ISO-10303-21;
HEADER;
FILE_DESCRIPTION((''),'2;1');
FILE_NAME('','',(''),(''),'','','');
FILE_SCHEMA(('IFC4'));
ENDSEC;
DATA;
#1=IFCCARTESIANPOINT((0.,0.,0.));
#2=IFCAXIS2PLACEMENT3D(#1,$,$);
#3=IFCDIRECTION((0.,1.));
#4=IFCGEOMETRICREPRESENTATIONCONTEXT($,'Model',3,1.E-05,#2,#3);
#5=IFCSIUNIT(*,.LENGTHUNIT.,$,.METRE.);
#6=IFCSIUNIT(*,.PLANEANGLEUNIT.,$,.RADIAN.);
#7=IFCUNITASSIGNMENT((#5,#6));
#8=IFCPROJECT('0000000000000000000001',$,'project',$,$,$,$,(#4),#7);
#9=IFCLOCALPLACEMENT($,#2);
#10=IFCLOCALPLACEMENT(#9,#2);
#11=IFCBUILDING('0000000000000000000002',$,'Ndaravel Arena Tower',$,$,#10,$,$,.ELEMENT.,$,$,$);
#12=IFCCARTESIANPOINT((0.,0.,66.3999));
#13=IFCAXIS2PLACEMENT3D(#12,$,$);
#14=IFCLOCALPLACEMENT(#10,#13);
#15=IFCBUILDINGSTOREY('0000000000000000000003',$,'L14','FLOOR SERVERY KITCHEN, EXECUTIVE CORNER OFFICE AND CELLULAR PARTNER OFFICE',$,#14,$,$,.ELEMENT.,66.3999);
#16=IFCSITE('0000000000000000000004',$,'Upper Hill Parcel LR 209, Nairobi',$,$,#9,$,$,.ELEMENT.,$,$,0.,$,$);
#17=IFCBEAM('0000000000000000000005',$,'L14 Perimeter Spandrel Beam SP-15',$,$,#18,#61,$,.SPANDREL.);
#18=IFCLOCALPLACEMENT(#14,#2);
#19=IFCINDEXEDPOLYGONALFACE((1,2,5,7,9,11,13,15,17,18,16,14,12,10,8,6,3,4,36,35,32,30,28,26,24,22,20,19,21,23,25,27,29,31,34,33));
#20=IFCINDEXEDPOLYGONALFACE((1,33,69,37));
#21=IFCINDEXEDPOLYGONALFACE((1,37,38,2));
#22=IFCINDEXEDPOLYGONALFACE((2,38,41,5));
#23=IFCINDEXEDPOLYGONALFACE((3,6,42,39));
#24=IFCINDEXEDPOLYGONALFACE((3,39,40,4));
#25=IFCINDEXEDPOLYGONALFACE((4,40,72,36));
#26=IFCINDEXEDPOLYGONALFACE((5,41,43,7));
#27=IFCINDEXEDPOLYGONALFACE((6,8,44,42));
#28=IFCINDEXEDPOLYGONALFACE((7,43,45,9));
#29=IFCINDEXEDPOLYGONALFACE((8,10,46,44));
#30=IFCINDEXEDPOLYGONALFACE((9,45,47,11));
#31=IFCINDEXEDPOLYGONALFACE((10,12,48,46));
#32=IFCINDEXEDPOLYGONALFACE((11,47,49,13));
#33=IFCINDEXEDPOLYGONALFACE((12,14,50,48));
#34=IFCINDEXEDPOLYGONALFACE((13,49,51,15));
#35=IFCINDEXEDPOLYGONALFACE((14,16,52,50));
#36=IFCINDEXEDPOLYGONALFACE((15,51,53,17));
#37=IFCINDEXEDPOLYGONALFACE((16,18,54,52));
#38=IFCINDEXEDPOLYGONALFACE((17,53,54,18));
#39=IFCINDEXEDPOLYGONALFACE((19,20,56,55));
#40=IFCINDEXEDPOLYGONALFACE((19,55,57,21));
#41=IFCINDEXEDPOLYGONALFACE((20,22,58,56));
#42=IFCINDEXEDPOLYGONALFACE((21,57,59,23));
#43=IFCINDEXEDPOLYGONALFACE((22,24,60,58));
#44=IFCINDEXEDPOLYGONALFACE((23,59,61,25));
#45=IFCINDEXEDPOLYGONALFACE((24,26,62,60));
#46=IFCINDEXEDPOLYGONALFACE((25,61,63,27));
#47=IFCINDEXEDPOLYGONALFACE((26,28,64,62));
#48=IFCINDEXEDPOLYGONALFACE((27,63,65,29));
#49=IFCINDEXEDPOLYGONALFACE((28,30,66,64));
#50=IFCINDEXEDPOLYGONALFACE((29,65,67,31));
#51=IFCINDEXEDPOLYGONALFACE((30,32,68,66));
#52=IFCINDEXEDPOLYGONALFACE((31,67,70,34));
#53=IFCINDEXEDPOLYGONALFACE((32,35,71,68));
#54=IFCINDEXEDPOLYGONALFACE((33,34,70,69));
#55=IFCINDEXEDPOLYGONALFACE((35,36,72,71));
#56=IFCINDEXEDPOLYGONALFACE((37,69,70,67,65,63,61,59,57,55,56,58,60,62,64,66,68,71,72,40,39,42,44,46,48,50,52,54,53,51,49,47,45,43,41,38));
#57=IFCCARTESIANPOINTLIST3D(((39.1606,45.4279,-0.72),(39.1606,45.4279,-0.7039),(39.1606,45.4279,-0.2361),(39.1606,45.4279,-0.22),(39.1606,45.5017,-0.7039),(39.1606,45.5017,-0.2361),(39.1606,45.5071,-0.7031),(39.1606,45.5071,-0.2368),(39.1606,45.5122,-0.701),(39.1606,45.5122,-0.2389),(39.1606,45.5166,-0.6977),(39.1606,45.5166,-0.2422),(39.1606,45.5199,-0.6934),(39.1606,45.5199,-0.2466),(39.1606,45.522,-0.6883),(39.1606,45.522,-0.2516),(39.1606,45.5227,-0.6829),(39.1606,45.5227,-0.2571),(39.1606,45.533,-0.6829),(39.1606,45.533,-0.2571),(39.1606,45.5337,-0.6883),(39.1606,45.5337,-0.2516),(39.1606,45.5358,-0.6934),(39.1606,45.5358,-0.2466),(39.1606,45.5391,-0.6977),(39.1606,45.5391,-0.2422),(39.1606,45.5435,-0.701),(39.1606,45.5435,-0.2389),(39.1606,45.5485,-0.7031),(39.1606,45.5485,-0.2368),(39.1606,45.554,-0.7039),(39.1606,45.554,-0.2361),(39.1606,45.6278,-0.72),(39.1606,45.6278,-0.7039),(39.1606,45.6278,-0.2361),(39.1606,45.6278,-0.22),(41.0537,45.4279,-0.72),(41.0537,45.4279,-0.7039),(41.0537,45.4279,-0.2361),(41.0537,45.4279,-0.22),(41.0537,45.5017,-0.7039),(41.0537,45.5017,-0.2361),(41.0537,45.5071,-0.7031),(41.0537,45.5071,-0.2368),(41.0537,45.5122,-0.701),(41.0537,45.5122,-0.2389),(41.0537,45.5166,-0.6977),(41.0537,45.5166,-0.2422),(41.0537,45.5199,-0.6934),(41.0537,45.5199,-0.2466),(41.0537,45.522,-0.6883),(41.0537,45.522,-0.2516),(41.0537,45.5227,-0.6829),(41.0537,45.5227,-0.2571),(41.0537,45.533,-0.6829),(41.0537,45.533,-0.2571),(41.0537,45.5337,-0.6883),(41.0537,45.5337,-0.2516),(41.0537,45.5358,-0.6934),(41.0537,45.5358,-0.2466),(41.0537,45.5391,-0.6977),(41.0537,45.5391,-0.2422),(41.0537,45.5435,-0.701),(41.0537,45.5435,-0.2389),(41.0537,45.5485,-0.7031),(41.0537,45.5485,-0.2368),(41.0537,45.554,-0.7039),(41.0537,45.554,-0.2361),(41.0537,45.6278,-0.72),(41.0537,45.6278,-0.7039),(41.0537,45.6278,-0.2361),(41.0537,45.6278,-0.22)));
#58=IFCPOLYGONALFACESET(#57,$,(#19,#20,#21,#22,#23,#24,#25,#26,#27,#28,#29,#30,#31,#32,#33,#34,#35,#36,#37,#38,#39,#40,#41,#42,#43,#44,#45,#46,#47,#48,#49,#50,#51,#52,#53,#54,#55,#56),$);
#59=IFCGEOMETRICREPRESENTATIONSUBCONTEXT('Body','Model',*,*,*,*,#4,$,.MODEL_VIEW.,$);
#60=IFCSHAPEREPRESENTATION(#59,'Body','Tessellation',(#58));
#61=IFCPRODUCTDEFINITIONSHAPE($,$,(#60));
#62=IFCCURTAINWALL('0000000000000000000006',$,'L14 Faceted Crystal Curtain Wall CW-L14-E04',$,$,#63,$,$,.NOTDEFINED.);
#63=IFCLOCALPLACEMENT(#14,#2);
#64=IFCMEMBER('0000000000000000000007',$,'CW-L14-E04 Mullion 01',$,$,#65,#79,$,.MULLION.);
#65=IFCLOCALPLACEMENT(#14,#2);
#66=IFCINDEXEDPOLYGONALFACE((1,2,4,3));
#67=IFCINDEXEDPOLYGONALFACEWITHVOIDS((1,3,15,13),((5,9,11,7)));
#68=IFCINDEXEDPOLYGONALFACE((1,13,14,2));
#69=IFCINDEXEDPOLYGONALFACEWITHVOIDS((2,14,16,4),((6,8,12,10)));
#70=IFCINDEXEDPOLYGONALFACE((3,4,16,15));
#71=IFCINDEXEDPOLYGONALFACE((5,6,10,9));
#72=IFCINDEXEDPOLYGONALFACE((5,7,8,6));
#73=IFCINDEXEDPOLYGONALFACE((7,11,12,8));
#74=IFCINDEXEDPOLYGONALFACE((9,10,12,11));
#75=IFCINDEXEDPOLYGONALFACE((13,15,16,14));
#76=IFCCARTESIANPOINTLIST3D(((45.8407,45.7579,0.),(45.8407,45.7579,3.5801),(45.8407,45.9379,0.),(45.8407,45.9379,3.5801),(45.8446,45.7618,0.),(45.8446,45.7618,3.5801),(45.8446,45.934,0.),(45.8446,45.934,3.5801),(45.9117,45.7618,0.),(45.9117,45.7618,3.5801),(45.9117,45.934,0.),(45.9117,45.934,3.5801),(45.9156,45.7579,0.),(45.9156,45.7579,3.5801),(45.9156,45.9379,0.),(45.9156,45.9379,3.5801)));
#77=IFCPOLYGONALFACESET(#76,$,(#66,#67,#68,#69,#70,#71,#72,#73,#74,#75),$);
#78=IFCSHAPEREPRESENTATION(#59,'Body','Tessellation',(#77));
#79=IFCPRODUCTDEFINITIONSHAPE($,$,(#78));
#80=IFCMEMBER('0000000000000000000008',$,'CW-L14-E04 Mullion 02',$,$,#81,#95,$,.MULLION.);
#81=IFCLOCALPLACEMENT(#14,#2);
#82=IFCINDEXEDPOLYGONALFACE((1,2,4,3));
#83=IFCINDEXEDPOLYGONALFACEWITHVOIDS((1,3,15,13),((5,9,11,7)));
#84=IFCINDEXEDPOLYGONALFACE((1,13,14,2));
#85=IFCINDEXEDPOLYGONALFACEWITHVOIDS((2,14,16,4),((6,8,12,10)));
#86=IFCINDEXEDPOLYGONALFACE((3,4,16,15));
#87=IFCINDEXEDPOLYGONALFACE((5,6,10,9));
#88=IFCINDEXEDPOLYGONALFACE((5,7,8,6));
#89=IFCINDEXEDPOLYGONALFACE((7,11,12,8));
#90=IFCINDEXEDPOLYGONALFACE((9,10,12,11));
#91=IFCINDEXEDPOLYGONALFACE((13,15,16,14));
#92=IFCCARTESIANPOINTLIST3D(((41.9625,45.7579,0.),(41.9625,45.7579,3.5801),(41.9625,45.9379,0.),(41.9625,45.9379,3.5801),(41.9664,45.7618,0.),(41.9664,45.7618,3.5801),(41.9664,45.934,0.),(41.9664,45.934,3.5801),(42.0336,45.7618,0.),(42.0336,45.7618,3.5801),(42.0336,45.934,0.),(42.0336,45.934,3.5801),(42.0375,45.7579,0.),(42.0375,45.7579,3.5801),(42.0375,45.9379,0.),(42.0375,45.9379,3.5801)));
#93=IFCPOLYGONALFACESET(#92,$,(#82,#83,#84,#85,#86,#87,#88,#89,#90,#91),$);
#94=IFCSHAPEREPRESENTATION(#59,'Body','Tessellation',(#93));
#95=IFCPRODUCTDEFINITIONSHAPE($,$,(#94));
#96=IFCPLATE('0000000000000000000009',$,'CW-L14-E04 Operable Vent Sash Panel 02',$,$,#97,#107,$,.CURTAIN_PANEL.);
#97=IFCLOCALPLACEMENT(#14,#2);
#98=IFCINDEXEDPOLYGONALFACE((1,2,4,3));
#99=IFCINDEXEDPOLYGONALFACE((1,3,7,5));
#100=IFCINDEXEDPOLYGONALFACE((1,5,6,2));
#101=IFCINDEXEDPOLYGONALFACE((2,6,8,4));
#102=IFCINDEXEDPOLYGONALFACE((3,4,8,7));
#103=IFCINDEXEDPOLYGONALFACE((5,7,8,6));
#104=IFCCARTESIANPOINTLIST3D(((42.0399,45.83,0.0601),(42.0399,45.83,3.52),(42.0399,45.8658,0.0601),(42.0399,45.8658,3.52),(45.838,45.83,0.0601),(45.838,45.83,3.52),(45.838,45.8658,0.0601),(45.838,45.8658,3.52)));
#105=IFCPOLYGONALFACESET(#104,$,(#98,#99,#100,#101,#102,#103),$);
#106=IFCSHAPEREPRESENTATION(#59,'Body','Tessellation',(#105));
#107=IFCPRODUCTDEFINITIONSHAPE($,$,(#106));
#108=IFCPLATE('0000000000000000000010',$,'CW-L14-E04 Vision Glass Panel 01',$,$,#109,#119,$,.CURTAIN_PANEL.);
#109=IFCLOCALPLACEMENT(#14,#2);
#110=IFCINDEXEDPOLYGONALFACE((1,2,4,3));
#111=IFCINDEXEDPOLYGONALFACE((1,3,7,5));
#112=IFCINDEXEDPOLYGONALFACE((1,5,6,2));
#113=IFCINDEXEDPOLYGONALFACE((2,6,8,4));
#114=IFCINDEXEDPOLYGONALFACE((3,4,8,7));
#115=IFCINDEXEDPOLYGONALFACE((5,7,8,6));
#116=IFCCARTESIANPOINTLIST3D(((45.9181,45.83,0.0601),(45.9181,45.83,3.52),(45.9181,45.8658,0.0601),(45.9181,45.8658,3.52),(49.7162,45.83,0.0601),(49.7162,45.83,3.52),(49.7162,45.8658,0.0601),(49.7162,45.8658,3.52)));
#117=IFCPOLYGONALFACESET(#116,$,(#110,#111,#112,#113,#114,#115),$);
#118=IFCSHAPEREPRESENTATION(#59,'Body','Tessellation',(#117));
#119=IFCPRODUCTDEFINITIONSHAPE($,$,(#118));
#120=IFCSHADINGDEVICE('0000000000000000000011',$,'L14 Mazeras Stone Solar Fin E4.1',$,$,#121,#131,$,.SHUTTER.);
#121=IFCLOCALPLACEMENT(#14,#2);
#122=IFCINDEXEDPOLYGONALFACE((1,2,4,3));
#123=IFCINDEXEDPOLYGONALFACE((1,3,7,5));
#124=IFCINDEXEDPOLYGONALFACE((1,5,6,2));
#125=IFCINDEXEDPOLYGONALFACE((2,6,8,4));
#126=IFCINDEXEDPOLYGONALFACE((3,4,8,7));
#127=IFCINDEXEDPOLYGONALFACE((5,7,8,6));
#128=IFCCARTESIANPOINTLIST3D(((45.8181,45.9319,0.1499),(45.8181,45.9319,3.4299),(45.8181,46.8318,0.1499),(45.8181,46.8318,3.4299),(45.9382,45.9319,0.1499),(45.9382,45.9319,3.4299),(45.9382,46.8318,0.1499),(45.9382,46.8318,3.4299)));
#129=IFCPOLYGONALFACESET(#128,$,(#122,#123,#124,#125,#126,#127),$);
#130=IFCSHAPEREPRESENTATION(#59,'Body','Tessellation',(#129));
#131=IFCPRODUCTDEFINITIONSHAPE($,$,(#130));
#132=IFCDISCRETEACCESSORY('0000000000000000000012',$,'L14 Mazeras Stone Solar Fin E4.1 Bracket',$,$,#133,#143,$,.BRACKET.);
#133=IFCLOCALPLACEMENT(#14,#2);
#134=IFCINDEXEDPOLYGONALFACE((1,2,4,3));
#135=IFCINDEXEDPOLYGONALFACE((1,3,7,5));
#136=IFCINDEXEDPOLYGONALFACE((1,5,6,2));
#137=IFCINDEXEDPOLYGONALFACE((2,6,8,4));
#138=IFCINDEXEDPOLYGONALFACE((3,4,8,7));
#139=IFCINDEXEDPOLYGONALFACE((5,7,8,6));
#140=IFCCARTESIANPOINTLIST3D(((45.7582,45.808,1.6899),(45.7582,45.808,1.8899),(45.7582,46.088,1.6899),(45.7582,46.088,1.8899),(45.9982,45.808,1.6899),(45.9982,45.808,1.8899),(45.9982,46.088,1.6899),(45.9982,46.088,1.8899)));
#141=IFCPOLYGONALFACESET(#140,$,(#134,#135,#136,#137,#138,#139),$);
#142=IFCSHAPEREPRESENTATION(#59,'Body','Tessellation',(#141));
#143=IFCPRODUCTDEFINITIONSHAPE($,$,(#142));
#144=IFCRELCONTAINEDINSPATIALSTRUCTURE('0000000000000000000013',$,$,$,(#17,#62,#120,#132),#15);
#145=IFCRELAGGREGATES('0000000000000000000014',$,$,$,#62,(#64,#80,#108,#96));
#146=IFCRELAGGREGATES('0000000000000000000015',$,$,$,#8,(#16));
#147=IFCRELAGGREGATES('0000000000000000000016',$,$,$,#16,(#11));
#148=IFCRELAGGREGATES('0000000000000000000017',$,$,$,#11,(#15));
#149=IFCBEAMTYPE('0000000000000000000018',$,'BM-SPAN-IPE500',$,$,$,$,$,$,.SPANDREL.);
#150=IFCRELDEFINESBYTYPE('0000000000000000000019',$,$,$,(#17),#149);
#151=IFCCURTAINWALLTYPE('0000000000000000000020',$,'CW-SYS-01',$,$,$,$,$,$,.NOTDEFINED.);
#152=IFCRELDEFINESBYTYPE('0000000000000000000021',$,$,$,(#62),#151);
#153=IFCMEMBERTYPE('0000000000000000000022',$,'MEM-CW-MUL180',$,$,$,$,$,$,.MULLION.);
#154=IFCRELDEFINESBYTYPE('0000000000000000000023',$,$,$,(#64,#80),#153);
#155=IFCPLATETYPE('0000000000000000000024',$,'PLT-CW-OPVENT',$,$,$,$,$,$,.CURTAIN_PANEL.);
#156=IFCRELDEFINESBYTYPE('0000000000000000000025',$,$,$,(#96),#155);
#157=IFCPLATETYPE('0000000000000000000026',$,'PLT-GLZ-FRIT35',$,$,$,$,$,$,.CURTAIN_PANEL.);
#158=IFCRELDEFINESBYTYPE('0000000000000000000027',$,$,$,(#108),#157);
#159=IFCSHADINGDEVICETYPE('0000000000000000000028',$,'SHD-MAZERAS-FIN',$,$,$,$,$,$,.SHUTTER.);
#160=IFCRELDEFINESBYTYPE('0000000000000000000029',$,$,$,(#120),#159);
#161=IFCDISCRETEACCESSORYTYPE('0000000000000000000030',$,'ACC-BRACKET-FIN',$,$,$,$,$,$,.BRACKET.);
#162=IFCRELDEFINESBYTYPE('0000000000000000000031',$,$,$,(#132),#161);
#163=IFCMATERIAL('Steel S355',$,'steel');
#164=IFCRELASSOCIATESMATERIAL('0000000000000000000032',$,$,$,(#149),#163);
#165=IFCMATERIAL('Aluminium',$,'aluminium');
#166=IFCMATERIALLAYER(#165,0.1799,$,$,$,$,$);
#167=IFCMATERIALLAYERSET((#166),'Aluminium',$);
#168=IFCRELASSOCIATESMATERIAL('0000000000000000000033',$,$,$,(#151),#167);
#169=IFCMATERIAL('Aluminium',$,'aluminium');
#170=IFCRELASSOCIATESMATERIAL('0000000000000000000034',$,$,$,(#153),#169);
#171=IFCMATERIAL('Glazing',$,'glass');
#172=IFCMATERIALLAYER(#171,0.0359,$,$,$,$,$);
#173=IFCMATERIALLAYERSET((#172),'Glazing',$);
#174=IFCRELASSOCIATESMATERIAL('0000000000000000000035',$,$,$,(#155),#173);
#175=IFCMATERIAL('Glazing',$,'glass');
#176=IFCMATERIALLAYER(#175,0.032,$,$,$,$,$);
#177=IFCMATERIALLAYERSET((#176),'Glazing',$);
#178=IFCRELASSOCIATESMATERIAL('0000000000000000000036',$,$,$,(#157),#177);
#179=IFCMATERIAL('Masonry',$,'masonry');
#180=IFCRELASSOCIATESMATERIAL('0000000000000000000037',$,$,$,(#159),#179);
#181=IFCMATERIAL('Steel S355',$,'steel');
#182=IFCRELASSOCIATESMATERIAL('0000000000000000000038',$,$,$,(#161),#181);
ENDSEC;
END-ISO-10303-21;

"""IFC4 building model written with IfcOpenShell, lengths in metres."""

from ifc_helpers import new_model, si_unit, direction, frame, origin, origin_2d, place, context, subcontext, project, spatial, rectangle, hollow_rectangle, i_section, extrude, material, layer, layer_set, material_profile, profile_set, type_object, element, aggregate, save


model = new_model("IFC4")

# Units and contexts
model_context = context("Model", 3, precision=1e-05, world=origin(), true_north=direction((0.0, 1.0)))
body_context = subcontext(model_context, "Body", "Model", "MODEL_VIEW")
ifc_project = project(units=[si_unit("LENGTHUNIT", "METRE"), si_unit("PLANEANGLEUNIT", "RADIAN")], contexts=[model_context])

# Site, building, storey
site_placement = place(None, origin())
site = spatial("IfcSite", under=ifc_project, at=site_placement, Name="Upper Hill Parcel LR 209, Nairobi", CompositionType="ELEMENT", RefElevation=0.0)
building_placement = place(site_placement, origin())
building = spatial("IfcBuilding", under=site, at=building_placement, Name="Ndaravel Arena Tower", CompositionType="ELEMENT")
storey_placement = place(building_placement, frame((0.0, 0.0, 66.3999)))
storey = spatial("IfcBuildingStorey", under=building, at=storey_placement, Name="L14", Description="FLOOR SERVERY KITCHEN, EXECUTIVE CORNER OFFICE AND CELLULAR PARTNER OFFICE", CompositionType="ELEMENT", Elevation=66.3999)

# Beam
ifc_material_1 = material(Name="Steel S355", Category="steel")
ifc_material_profile_1 = material_profile(ifc_material_1, i_section(OverallWidth=0.2, OverallDepth=0.5, WebThickness=0.0103, FlangeThickness=0.0161, FilletRadius=0.021, at=origin_2d()), Name="IPE 500")
ifc_profile_set_1 = profile_set([ifc_material_profile_1], Name="Steel S355")
beam_type_1 = type_object("IfcBeamType", Name="BM-SPAN-IPE500", PredefinedType="SPANDREL", material=ifc_profile_set_1)
beam_1_placement = place(storey_placement, frame((41.0537, 45.5278, -0.47), z_axis=(-1.0, 0.0, 0.0), x_axis=(0.0, -1.0, 0.0)))
element("IfcBeam", 1, at=beam_1_placement, inside=storey, type_object=beam_type_1, Name="L14 Perimeter Spandrel Beam SP-15", PredefinedType="SPANDREL", context=body_context, shape_type="SweptSolid", body=[
    extrude(i_section(OverallWidth=0.2, OverallDepth=0.5, WebThickness=0.0103, FlangeThickness=0.0161, FilletRadius=0.021, at=origin_2d()), origin(), (0.0, 0.0, 1.0), 1.8931),
])

# Curtain wall, members, plates
ifc_material_2 = material(Name="Aluminium", Category="aluminium")
ifc_layer_1 = layer(ifc_material_2, 0.1799)
ifc_layer_set_1 = layer_set([ifc_layer_1], Name="Aluminium")
curtain_wall_type = type_object("IfcCurtainWallType", Name="CW-SYS-01", PredefinedType="NOTDEFINED", material=ifc_layer_set_1)
curtain_wall_placement = place(storey_placement, origin())
curtain_wall = element("IfcCurtainWall", 2, at=curtain_wall_placement, inside=storey, type_object=curtain_wall_type, Name="L14 Faceted Crystal Curtain Wall CW-L14-E04", PredefinedType="NOTDEFINED")
ifc_material_3 = material(Name="Aluminium", Category="aluminium")
ifc_material_profile_2 = material_profile(ifc_material_3, hollow_rectangle(XDim=0.075, YDim=0.1799, WallThickness=0.0039, at=origin_2d()), Name="CW MULLION 75x180x4")
ifc_profile_set_2 = profile_set([ifc_material_profile_2], Name="Aluminium")
member_type = type_object("IfcMemberType", Name="MEM-CW-MUL180", PredefinedType="MULLION", material=ifc_profile_set_2)
member_1_placement = place(storey_placement, frame((45.8782, 45.8479, 0.0), z_axis=(0.0, 0.0, 1.0), x_axis=(-1.0, 0.0, 0.0)))
member_1 = element("IfcMember", 3, at=member_1_placement, type_object=member_type, Name="CW-L14-E04 Mullion 01", PredefinedType="MULLION", context=body_context, shape_type="SweptSolid", body=[
    extrude(hollow_rectangle(XDim=0.075, YDim=0.1799, WallThickness=0.0039, at=origin_2d()), origin(), (0.0, 0.0, 1.0), 3.5801),
])
member_2_placement = place(storey_placement, frame((42.0, 45.8479, 0.0), z_axis=(0.0, 0.0, 1.0), x_axis=(-1.0, 0.0, 0.0)))
member_2 = element("IfcMember", 4, at=member_2_placement, type_object=member_type, Name="CW-L14-E04 Mullion 02", PredefinedType="MULLION", context=body_context, shape_type="SweptSolid", body=[
    extrude(hollow_rectangle(XDim=0.075, YDim=0.1799, WallThickness=0.0039, at=origin_2d()), origin(), (0.0, 0.0, 1.0), 3.5801),
])
ifc_material_4 = material(Name="Glazing", Category="glass")
ifc_layer_2 = layer(ifc_material_4, 0.0359)
ifc_layer_set_2 = layer_set([ifc_layer_2], Name="Glazing")
plate_type_1 = type_object("IfcPlateType", Name="PLT-CW-OPVENT", PredefinedType="CURTAIN_PANEL", material=ifc_layer_set_2)
plate_1_placement = place(storey_placement, frame((43.939, 45.8479, 0.0601), z_axis=(0.0, 0.0, 1.0), x_axis=(-1.0, 0.0, 0.0)))
plate_1 = element("IfcPlate", 5, at=plate_1_placement, type_object=plate_type_1, Name="CW-L14-E04 Operable Vent Sash Panel 02", PredefinedType="CURTAIN_PANEL", context=body_context, shape_type="SweptSolid", body=[
    extrude(rectangle(XDim=3.7981, YDim=0.0359, at=origin_2d()), origin(), (0.0, 0.0, 1.0), 3.46),
])
ifc_material_5 = material(Name="Glazing", Category="glass")
ifc_layer_3 = layer(ifc_material_5, 0.032)
ifc_layer_set_3 = layer_set([ifc_layer_3], Name="Glazing")
plate_type_2 = type_object("IfcPlateType", Name="PLT-GLZ-FRIT35", PredefinedType="CURTAIN_PANEL", material=ifc_layer_set_3)
plate_2_placement = place(storey_placement, frame((47.8171, 45.8479, 0.0601), z_axis=(0.0, 0.0, 1.0), x_axis=(-1.0, 0.0, 0.0)))
plate_2 = element("IfcPlate", 6, at=plate_2_placement, type_object=plate_type_2, Name="CW-L14-E04 Vision Glass Panel 01", PredefinedType="CURTAIN_PANEL", context=body_context, shape_type="SweptSolid", body=[
    extrude(rectangle(XDim=3.7981, YDim=0.0359, at=origin_2d()), origin(), (0.0, 0.0, 1.0), 3.46),
])
aggregate(curtain_wall, [member_1, member_2, plate_2, plate_1])

# Shading device
ifc_material_6 = material(Name="Masonry", Category="masonry")
shading_device_type = type_object("IfcShadingDeviceType", Name="SHD-MAZERAS-FIN", PredefinedType="SHUTTER", material=ifc_material_6)
shading_device_placement = place(storey_placement, frame((45.8782, 46.3818, 0.1499), z_axis=(0.0, 0.0, 1.0), x_axis=(0.0, 1.0, 0.0)))
element("IfcShadingDevice", 7, at=shading_device_placement, inside=storey, type_object=shading_device_type, Name="L14 Mazeras Stone Solar Fin E4.1", PredefinedType="SHUTTER", context=body_context, shape_type="SweptSolid", body=[
    extrude(rectangle(XDim=0.8999, YDim=0.1201, at=origin_2d()), origin(), (0.0, 0.0, 1.0), 3.28),
])

# Discrete accessory
ifc_material_7 = material(Name="Steel S355", Category="steel")
discrete_accessory_type = type_object("IfcDiscreteAccessoryType", Name="ACC-BRACKET-FIN", PredefinedType="BRACKET", material=ifc_material_7)
discrete_accessory_placement = place(storey_placement, frame((45.8782, 45.948, 1.6899), z_axis=(0.0, 0.0, 1.0), x_axis=(0.0, 1.0, 0.0)))
element("IfcDiscreteAccessory", 8, at=discrete_accessory_placement, inside=storey, type_object=discrete_accessory_type, Name="L14 Mazeras Stone Solar Fin E4.1 Bracket", PredefinedType="BRACKET", context=body_context, shape_type="SweptSolid", body=[
    extrude(rectangle(XDim=0.28, YDim=0.24, at=origin_2d()), origin(), (0.0, 0.0, 1.0), 0.2),
])

save(model, "model.ifc")
